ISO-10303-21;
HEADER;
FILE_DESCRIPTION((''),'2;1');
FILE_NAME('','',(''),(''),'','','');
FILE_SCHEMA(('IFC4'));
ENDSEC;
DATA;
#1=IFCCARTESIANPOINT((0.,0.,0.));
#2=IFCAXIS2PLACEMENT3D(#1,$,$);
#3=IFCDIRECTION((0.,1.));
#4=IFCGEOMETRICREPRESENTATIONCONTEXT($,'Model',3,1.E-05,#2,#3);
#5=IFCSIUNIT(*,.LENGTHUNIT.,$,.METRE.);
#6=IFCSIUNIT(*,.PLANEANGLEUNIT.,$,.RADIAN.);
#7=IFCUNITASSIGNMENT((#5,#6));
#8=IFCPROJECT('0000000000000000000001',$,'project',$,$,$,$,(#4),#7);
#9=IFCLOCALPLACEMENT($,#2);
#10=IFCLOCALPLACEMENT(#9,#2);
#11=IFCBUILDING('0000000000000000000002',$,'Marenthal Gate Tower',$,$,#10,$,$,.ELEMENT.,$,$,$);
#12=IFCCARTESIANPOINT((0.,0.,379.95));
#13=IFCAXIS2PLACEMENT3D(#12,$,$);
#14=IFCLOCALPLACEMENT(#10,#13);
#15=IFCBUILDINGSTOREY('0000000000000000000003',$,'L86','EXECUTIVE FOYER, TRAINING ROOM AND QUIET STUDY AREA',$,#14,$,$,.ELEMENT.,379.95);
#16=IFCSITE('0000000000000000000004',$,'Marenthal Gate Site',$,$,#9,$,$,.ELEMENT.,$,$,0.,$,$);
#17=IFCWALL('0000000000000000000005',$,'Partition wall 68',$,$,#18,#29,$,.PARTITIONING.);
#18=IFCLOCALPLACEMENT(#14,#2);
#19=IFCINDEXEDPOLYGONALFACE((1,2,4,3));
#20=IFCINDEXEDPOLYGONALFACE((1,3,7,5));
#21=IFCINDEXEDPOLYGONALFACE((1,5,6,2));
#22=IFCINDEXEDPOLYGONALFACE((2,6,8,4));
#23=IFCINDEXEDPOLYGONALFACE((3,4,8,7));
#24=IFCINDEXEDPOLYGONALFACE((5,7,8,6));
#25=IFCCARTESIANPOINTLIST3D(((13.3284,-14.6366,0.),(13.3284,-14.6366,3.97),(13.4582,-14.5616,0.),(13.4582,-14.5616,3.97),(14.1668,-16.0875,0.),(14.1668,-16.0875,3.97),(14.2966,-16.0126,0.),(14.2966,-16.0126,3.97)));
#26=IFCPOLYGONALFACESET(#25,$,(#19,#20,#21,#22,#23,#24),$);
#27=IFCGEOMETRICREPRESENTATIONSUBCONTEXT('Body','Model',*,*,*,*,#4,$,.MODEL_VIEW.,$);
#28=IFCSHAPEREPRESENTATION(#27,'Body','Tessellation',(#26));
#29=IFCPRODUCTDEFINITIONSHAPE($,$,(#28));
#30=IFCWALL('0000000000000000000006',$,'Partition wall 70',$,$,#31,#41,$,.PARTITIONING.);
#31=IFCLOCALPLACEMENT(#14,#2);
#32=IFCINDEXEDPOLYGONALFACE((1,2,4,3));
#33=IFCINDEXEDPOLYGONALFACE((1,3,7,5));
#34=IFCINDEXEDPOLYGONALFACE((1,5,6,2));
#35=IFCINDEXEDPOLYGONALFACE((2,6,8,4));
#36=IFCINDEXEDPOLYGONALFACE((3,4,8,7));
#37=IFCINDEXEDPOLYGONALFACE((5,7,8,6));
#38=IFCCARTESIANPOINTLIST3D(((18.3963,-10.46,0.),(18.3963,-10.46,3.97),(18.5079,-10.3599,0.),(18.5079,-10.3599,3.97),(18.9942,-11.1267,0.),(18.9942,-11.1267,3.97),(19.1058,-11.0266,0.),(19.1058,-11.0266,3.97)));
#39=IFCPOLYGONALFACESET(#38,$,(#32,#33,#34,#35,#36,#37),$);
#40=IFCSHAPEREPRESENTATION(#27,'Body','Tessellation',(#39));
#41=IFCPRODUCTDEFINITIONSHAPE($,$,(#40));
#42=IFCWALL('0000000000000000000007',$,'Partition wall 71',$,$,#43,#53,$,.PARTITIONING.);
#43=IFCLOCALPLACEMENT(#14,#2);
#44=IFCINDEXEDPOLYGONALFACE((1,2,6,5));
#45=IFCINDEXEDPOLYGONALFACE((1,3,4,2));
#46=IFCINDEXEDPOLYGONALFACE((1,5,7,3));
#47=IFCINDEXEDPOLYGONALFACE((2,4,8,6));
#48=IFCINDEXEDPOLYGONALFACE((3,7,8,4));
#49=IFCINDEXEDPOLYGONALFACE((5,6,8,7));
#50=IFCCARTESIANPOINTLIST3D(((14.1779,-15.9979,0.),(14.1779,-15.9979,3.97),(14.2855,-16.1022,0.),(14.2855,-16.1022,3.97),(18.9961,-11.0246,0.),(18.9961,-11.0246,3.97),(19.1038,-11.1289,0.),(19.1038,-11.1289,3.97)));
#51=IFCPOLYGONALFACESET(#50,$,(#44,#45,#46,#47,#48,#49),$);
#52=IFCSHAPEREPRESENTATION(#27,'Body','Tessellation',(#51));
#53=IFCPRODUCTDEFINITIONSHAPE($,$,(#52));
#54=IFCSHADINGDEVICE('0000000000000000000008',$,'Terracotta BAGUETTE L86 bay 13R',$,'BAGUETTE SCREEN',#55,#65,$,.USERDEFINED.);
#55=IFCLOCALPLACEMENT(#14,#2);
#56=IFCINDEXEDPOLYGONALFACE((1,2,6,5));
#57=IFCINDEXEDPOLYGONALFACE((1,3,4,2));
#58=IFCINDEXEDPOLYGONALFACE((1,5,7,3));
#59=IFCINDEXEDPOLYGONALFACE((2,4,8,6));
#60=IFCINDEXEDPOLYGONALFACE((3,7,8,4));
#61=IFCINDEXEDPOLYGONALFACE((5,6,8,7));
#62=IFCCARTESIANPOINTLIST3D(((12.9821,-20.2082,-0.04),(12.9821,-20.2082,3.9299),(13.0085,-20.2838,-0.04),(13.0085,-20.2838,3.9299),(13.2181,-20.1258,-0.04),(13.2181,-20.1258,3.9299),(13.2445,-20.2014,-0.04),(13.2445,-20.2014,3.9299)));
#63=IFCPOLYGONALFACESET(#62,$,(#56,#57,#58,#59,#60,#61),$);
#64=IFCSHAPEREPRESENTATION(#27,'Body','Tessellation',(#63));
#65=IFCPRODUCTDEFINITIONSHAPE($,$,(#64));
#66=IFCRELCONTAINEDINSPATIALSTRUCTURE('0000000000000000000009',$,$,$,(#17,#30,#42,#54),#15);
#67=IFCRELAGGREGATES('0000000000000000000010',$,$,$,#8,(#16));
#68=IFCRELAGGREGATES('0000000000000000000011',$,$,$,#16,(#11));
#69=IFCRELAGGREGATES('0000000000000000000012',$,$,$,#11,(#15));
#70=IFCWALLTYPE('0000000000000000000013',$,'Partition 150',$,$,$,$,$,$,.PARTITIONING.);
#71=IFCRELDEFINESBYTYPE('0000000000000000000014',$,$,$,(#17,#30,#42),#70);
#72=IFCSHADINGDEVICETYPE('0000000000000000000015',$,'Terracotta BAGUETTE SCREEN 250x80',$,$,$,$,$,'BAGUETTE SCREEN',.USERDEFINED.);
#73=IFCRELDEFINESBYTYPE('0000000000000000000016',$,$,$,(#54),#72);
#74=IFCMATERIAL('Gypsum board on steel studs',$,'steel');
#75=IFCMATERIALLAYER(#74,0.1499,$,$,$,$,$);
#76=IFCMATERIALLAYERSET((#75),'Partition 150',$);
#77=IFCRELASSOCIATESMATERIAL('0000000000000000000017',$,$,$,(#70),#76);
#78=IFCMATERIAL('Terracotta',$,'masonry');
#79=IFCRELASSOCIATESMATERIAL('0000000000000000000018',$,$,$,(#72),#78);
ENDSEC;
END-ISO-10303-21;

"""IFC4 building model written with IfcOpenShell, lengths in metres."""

from ifc_helpers import new_model, si_unit, direction, frame, frame_2d, origin, origin_2d, place, context, subcontext, project, spatial, rectangle, extrude, material, layer, layer_set, material_profile, profile_set, type_object, element, save


model = new_model("IFC4")

# Units and contexts
model_context = context("Model", 3, precision=1e-05, world=origin(), true_north=direction((0.0, 1.0)))
body_context = subcontext(model_context, "Body", "Model", "MODEL_VIEW")
ifc_project = project(units=[si_unit("LENGTHUNIT", "METRE"), si_unit("PLANEANGLEUNIT", "RADIAN")], contexts=[model_context])

# Site, building, storey
site_placement = place(None, origin())
site = spatial("IfcSite", under=ifc_project, at=site_placement, Name="Marenthal Gate Site", CompositionType="ELEMENT", RefElevation=0.0)
building_placement = place(site_placement, origin())
building = spatial("IfcBuilding", under=site, at=building_placement, Name="Marenthal Gate Tower", CompositionType="ELEMENT")
storey_placement = place(building_placement, frame((0.0, 0.0, 379.95)))
storey = spatial("IfcBuildingStorey", under=building, at=storey_placement, Name="L86", Description="EXECUTIVE FOYER, TRAINING ROOM AND QUIET STUDY AREA", CompositionType="ELEMENT", Elevation=379.95)

# Walls
ifc_material_1 = material(Name="Gypsum board on steel studs", Category="steel")
ifc_layer_1 = layer(ifc_material_1, 0.1499)
ifc_layer_set_1 = layer_set([ifc_layer_1], Name="Partition 150")
wall_type_1 = type_object("IfcWallType", Name="Partition 150", PredefinedType="PARTITIONING", material=ifc_layer_set_1)
wall_1_placement = place(storey_placement, frame((14.2317, -16.05, 0.0), z_axis=(0.0, 0.0, 1.0), x_axis=(-0.500307, 0.865848, 0.0)))
element("IfcWall", 1, at=wall_1_placement, inside=storey, type_object=wall_type_1, Name="Partition wall 68", PredefinedType="PARTITIONING", context=body_context, shape_type="SweptSolid", body=[
    extrude(rectangle(XDim=1.6758, YDim=0.1499, at=frame_2d((0.8379, 0.0))), origin(), (0.0, 0.0, 1.0), 3.97),
])
wall_2_placement = place(storey_placement, frame((18.4521, -10.4099, 0.0), z_axis=(0.0, 0.0, 1.0), x_axis=(0.667623, -0.744499, 0.0)))
element("IfcWall", 2, at=wall_2_placement, inside=storey, type_object=wall_type_1, Name="Partition wall 70", PredefinedType="PARTITIONING", context=body_context, shape_type="SweptSolid", body=[
    extrude(rectangle(XDim=0.8955, YDim=0.1499, at=frame_2d((0.4478, 0.0))), origin(), (0.0, 0.0, 1.0), 3.97),
])
wall_3_placement = place(storey_placement, frame((19.05, -11.0767, 0.0), z_axis=(0.0, 0.0, 1.0), x_axis=(-0.695824, -0.718212, 0.0)))
element("IfcWall", 3, at=wall_3_placement, inside=storey, type_object=wall_type_1, Name="Partition wall 71", PredefinedType="PARTITIONING", context=body_context, shape_type="SweptSolid", body=[
    extrude(rectangle(XDim=6.9246, YDim=0.1499, at=frame_2d((3.4624, 0.0))), origin(), (0.0, 0.0, 1.0), 3.97),
])

# Shading device
ifc_material_2 = material(Name="Terracotta", Category="masonry")
ifc_material_profile_1 = material_profile(ifc_material_2, rectangle(XDim=0.25, YDim=0.0801, at=origin_2d()), Name="Terracotta baguette 250x80")
ifc_profile_set_1 = profile_set([ifc_material_profile_1], Name="Terracotta")
shading_device_type = type_object("IfcShadingDeviceType", Name="Terracotta BAGUETTE SCREEN 250x80", ElementType="BAGUETTE SCREEN", PredefinedType="USERDEFINED", material=ifc_profile_set_1)
shading_device_placement = place(storey_placement, frame((13.1133, -20.2048, -0.04), z_axis=(0.0, 0.0, 1.0), x_axis=(0.944082, 0.32971, 0.0)))
element("IfcShadingDevice", 4, at=shading_device_placement, inside=storey, type_object=shading_device_type, Name="Terracotta BAGUETTE L86 bay 13R", ObjectType="BAGUETTE SCREEN", PredefinedType="USERDEFINED", context=body_context, shape_type="SweptSolid", body=[
    extrude(rectangle(XDim=0.25, YDim=0.0801, at=origin_2d()), origin(), (0.0, 0.0, 1.0), 3.97),
])

save(model, "model.ifc")
